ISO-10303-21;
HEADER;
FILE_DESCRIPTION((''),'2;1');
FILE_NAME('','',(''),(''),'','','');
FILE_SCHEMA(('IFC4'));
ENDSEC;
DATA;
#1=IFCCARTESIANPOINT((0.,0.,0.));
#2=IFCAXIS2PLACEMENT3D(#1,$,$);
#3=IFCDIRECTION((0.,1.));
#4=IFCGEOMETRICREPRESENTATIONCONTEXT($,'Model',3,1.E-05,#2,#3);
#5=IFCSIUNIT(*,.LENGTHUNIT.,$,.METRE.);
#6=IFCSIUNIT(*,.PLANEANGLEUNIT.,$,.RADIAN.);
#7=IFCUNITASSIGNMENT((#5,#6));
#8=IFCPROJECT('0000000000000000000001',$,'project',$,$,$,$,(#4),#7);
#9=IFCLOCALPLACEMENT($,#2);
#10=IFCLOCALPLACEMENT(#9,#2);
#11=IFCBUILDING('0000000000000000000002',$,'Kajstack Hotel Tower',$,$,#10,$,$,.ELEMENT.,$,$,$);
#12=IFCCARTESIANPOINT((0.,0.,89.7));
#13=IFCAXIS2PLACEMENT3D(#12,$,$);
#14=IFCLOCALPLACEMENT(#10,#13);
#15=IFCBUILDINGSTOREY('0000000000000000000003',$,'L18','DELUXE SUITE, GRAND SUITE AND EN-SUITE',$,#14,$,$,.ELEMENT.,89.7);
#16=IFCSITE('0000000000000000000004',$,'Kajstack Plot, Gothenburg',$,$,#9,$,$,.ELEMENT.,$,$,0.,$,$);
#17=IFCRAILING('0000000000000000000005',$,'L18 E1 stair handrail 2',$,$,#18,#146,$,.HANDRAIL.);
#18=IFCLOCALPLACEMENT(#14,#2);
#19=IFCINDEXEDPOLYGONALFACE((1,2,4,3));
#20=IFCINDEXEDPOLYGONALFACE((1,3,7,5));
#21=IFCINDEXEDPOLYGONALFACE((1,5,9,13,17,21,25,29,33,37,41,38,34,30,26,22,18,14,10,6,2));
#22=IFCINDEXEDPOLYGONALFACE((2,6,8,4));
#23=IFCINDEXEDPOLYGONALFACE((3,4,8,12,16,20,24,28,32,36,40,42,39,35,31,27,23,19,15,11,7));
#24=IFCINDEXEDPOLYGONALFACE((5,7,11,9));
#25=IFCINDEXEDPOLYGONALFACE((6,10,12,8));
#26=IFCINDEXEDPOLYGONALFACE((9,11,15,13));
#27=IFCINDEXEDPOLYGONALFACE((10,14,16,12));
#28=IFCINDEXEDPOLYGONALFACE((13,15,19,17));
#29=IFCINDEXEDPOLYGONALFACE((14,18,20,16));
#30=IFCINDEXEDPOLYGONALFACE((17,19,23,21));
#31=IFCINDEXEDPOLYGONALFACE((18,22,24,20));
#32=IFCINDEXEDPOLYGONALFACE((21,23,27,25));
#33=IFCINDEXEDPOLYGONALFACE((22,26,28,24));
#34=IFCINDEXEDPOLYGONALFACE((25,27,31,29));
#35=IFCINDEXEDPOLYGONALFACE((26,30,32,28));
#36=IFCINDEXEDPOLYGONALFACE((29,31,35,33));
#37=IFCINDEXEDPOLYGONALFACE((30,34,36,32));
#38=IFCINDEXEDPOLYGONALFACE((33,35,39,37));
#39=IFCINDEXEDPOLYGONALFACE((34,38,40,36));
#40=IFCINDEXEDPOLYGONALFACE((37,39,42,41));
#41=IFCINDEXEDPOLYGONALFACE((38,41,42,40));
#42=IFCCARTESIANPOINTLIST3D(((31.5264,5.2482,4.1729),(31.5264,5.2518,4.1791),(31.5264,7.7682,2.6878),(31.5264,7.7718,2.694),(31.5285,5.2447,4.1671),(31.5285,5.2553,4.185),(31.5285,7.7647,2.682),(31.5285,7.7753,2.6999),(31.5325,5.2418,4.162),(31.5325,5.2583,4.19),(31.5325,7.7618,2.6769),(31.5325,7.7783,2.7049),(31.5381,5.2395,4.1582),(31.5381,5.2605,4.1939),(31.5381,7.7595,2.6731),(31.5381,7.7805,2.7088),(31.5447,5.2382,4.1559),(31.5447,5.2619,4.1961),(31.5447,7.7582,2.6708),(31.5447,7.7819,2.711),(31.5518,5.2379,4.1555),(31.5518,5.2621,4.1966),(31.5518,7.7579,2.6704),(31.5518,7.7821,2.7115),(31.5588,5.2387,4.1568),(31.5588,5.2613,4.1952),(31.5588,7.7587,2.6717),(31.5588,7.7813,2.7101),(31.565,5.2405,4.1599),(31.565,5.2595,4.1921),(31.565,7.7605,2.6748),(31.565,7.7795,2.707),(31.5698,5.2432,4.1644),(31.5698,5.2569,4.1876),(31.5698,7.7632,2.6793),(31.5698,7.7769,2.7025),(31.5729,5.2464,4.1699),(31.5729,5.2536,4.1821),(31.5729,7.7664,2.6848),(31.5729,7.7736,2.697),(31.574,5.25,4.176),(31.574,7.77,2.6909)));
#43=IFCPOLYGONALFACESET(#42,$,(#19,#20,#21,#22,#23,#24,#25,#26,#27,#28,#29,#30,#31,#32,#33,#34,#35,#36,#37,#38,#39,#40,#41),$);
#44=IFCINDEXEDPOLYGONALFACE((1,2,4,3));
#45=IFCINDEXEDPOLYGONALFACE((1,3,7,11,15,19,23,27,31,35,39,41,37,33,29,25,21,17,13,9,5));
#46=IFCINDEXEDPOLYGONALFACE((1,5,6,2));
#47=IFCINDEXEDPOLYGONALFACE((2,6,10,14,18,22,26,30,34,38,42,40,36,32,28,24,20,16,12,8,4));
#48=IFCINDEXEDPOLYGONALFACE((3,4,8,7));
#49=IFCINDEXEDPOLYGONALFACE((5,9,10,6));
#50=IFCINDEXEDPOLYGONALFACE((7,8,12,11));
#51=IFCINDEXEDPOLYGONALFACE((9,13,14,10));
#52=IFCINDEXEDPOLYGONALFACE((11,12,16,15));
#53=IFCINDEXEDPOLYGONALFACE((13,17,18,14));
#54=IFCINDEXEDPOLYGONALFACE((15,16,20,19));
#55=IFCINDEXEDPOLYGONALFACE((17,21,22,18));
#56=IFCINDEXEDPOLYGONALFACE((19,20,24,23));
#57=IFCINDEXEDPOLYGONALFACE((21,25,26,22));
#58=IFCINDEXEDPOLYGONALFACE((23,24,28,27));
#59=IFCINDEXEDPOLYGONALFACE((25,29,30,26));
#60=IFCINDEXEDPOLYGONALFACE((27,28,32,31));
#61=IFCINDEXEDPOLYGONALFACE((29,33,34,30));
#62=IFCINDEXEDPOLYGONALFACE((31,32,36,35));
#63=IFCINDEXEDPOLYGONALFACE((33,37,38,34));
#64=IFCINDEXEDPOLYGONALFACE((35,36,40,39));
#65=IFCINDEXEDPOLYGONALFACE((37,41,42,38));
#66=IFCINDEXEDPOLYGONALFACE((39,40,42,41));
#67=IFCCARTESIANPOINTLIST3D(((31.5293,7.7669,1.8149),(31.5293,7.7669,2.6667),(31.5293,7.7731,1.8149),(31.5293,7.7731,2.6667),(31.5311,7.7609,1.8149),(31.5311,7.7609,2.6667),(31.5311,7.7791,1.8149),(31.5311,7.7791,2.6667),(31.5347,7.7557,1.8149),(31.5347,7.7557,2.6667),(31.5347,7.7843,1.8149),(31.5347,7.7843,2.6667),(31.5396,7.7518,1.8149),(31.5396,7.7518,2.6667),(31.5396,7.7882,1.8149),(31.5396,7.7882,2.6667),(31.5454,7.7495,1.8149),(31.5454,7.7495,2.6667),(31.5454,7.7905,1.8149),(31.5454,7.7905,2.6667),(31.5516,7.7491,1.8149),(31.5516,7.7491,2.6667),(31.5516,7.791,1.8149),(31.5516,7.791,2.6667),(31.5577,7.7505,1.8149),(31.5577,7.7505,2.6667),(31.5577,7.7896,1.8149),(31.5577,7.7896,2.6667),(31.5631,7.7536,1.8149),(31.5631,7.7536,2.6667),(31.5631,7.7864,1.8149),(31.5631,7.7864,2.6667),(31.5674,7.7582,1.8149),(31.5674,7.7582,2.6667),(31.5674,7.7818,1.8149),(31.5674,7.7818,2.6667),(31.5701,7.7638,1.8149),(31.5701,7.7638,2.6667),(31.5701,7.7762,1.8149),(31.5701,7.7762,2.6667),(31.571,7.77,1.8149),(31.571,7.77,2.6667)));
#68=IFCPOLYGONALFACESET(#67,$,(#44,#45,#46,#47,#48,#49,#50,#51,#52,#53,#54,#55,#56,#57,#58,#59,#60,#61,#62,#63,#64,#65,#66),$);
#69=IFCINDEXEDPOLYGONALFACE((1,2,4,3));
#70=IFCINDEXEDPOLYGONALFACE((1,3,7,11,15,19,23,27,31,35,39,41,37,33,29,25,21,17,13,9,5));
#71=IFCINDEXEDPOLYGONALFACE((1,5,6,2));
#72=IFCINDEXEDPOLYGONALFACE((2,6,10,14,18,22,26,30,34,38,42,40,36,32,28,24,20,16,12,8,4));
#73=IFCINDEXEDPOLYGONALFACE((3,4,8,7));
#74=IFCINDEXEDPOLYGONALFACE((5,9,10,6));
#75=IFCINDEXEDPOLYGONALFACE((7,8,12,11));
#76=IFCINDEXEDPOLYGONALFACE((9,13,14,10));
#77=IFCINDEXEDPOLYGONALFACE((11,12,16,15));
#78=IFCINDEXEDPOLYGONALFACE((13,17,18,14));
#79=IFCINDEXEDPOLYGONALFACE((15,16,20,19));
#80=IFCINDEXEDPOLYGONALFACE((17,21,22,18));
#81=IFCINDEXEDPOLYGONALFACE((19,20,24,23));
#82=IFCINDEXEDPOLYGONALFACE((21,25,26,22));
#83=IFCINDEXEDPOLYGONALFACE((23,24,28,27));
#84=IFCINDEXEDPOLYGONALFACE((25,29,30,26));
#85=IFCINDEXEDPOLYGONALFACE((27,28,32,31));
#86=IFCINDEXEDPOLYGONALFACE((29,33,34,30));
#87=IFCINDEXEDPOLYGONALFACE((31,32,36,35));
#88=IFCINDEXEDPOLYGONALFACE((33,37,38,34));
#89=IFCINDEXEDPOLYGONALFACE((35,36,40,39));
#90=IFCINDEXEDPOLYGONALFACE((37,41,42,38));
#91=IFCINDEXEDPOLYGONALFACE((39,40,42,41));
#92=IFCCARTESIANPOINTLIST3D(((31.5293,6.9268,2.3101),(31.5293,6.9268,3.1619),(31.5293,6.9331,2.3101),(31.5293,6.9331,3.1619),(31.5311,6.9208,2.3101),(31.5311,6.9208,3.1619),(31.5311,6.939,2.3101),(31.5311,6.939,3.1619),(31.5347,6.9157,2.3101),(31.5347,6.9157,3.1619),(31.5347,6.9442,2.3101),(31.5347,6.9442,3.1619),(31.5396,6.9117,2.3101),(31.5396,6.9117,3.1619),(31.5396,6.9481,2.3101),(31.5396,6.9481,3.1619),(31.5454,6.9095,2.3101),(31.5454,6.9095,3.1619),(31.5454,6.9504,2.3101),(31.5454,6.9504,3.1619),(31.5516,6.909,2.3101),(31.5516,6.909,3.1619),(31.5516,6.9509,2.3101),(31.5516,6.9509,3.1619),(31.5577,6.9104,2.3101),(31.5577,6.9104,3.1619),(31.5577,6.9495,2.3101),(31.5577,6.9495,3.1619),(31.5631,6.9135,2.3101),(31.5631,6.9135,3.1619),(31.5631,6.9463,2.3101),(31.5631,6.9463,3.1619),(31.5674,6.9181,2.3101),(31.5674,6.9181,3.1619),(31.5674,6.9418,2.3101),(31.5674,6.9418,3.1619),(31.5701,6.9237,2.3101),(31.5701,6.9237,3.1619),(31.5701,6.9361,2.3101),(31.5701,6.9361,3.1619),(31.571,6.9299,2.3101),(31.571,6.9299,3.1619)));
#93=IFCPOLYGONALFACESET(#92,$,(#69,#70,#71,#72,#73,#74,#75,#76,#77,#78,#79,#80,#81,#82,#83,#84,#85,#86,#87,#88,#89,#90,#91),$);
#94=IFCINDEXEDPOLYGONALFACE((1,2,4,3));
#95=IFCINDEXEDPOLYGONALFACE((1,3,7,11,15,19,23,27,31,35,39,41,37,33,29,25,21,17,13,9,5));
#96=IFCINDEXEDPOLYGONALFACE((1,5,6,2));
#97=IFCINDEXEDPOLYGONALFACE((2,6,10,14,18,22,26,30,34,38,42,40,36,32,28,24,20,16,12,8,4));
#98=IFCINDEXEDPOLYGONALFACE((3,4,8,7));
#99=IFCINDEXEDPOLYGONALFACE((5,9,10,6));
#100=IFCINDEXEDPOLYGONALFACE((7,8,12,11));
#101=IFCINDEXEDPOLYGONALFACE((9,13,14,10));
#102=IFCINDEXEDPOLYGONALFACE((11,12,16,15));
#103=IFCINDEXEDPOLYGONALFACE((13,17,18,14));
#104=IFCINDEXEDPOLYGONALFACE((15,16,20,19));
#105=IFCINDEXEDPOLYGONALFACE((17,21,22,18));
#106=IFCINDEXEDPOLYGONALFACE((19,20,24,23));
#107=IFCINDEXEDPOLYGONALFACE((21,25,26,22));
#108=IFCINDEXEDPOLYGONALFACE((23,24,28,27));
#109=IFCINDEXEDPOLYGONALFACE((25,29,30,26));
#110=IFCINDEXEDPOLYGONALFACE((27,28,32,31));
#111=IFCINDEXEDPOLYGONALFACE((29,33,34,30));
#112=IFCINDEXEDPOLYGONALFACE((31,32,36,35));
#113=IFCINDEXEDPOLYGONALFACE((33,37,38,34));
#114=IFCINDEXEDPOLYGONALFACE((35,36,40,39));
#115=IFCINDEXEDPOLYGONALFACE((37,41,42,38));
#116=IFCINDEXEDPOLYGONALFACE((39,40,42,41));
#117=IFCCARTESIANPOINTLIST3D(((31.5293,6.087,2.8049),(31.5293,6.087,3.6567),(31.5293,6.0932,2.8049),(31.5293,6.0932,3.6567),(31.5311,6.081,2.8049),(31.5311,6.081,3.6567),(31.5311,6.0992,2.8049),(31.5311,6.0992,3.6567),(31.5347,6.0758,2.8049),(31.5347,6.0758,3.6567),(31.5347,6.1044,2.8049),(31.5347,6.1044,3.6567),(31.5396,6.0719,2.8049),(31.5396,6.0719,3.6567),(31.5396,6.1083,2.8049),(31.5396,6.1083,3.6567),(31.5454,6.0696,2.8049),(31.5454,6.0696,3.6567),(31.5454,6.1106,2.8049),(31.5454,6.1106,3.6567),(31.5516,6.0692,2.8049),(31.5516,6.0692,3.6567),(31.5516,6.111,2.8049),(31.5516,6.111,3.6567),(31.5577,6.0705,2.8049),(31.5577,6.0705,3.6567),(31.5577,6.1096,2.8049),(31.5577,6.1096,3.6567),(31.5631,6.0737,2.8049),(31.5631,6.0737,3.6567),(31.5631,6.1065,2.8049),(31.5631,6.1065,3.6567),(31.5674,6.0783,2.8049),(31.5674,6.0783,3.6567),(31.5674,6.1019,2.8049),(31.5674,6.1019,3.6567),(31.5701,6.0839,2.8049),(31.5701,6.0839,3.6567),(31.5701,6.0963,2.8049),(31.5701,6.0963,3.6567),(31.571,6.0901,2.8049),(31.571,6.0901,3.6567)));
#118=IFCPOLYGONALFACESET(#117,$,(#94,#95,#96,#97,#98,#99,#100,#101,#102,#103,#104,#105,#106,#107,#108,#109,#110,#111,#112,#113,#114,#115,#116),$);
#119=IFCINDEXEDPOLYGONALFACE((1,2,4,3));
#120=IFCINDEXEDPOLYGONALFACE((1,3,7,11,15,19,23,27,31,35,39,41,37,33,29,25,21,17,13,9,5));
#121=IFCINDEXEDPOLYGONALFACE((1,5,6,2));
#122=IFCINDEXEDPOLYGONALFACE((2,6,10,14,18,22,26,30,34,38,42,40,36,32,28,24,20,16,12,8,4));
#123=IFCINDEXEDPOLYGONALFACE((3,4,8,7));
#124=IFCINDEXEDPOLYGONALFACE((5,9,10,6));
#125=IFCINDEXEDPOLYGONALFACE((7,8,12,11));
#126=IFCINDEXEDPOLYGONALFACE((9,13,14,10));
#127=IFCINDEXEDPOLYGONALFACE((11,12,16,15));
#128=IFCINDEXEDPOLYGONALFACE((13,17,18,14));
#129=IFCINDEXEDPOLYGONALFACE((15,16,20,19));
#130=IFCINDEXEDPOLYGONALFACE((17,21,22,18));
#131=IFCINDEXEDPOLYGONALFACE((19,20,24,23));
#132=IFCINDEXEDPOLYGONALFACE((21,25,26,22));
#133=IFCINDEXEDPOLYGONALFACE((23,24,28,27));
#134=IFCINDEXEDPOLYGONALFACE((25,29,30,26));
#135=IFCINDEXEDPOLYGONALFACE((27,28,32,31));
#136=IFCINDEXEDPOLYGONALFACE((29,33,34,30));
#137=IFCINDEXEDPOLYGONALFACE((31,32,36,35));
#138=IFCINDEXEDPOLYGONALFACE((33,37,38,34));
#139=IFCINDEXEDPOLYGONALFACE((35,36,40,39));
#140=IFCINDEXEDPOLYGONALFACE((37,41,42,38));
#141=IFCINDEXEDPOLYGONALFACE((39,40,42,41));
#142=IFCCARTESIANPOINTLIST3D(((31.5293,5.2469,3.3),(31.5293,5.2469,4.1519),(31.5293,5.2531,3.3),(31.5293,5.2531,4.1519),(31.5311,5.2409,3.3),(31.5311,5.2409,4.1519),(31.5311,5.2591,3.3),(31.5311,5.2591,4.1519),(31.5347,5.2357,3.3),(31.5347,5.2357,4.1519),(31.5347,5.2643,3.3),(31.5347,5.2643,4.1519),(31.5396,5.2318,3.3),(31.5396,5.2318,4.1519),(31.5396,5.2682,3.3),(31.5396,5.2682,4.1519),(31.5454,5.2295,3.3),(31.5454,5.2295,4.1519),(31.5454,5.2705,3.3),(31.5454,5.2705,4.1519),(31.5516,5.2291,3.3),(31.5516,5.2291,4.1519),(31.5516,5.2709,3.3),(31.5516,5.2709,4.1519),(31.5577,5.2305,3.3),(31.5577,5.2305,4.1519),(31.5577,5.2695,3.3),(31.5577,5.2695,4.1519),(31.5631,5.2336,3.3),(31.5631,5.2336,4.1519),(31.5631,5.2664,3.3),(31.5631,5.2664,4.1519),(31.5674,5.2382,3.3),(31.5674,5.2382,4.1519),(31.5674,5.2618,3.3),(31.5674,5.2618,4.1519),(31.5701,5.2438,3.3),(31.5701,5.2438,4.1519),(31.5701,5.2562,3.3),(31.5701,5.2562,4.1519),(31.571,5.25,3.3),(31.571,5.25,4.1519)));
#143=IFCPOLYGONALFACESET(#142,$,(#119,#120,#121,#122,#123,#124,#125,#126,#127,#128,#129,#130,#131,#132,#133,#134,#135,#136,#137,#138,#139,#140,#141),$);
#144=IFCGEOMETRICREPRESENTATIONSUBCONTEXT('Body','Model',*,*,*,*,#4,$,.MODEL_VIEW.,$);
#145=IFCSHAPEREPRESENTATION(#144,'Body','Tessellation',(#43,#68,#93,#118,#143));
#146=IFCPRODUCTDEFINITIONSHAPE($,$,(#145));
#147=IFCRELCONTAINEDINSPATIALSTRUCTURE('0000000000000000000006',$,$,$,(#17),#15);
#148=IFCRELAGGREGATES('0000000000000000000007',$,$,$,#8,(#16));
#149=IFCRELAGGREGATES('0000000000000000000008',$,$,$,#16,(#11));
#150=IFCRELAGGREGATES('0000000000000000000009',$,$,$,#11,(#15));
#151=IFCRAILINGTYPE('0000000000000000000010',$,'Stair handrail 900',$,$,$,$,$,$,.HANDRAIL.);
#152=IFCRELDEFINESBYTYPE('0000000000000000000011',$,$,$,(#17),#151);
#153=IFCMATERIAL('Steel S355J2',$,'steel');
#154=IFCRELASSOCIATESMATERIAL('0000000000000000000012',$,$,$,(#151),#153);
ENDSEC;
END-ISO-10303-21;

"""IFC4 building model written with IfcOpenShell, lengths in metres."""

from ifc_helpers import new_model, si_unit, direction, frame, origin, origin_2d, place, context, subcontext, project, spatial, circle, extrude, material, type_object, element, save


model = new_model("IFC4")

# Units and contexts
model_context = context("Model", 3, precision=1e-05, world=origin(), true_north=direction((0.0, 1.0)))
body_context = subcontext(model_context, "Body", "Model", "MODEL_VIEW")
ifc_project = project(units=[si_unit("LENGTHUNIT", "METRE"), si_unit("PLANEANGLEUNIT", "RADIAN")], contexts=[model_context])

# Site, building, storey
site_placement = place(None, origin())
site = spatial("IfcSite", under=ifc_project, at=site_placement, Name="Kajstack Plot, Gothenburg", CompositionType="ELEMENT", RefElevation=0.0)
building_placement = place(site_placement, origin())
building = spatial("IfcBuilding", under=site, at=building_placement, Name="Kajstack Hotel Tower", CompositionType="ELEMENT")
storey_placement = place(building_placement, frame((0.0, 0.0, 89.7)))
storey = spatial("IfcBuildingStorey", under=building, at=storey_placement, Name="L18", Description="DELUXE SUITE, GRAND SUITE AND EN-SUITE", CompositionType="ELEMENT", Elevation=89.7)

# Railing
ifc_material_1 = material(Name="Steel S355J2", Category="steel")
railing_type_1 = type_object("IfcRailingType", Name="Stair handrail 900", PredefinedType="HANDRAIL", material=ifc_material_1)
railing_1_placement = place(storey_placement, frame((31.55, 7.77, 1.8149)))
element("IfcRailing", 1, at=railing_1_placement, inside=storey, type_object=railing_type_1, Name="L18 E1 stair handrail 2", PredefinedType="HANDRAIL", context=body_context, shape_type="SweptSolid", body=[
    extrude(circle(Radius=0.0239, at=origin_2d()), frame((0.0, 0.0, 0.876), z_axis=(0.0, -0.861524, 0.507717), x_axis=(1.0, 0.0, 0.0)), (0.0, 0.0, 1.0), 2.925),
    extrude(circle(Radius=0.021, at=origin_2d()), origin(), (0.0, 0.0, 1.0), 0.8518),
    extrude(circle(Radius=0.021, at=origin_2d()), frame((0.0, -0.8401, 0.4951)), (0.0, 0.0, 1.0), 0.8518),
    extrude(circle(Radius=0.021, at=origin_2d()), frame((0.0, -1.6799, 0.99)), (0.0, 0.0, 1.0), 0.8518),
    extrude(circle(Radius=0.021, at=origin_2d()), frame((0.0, -2.52, 1.4851)), (0.0, 0.0, 1.0), 0.8518),
])

save(model, "model.ifc")
